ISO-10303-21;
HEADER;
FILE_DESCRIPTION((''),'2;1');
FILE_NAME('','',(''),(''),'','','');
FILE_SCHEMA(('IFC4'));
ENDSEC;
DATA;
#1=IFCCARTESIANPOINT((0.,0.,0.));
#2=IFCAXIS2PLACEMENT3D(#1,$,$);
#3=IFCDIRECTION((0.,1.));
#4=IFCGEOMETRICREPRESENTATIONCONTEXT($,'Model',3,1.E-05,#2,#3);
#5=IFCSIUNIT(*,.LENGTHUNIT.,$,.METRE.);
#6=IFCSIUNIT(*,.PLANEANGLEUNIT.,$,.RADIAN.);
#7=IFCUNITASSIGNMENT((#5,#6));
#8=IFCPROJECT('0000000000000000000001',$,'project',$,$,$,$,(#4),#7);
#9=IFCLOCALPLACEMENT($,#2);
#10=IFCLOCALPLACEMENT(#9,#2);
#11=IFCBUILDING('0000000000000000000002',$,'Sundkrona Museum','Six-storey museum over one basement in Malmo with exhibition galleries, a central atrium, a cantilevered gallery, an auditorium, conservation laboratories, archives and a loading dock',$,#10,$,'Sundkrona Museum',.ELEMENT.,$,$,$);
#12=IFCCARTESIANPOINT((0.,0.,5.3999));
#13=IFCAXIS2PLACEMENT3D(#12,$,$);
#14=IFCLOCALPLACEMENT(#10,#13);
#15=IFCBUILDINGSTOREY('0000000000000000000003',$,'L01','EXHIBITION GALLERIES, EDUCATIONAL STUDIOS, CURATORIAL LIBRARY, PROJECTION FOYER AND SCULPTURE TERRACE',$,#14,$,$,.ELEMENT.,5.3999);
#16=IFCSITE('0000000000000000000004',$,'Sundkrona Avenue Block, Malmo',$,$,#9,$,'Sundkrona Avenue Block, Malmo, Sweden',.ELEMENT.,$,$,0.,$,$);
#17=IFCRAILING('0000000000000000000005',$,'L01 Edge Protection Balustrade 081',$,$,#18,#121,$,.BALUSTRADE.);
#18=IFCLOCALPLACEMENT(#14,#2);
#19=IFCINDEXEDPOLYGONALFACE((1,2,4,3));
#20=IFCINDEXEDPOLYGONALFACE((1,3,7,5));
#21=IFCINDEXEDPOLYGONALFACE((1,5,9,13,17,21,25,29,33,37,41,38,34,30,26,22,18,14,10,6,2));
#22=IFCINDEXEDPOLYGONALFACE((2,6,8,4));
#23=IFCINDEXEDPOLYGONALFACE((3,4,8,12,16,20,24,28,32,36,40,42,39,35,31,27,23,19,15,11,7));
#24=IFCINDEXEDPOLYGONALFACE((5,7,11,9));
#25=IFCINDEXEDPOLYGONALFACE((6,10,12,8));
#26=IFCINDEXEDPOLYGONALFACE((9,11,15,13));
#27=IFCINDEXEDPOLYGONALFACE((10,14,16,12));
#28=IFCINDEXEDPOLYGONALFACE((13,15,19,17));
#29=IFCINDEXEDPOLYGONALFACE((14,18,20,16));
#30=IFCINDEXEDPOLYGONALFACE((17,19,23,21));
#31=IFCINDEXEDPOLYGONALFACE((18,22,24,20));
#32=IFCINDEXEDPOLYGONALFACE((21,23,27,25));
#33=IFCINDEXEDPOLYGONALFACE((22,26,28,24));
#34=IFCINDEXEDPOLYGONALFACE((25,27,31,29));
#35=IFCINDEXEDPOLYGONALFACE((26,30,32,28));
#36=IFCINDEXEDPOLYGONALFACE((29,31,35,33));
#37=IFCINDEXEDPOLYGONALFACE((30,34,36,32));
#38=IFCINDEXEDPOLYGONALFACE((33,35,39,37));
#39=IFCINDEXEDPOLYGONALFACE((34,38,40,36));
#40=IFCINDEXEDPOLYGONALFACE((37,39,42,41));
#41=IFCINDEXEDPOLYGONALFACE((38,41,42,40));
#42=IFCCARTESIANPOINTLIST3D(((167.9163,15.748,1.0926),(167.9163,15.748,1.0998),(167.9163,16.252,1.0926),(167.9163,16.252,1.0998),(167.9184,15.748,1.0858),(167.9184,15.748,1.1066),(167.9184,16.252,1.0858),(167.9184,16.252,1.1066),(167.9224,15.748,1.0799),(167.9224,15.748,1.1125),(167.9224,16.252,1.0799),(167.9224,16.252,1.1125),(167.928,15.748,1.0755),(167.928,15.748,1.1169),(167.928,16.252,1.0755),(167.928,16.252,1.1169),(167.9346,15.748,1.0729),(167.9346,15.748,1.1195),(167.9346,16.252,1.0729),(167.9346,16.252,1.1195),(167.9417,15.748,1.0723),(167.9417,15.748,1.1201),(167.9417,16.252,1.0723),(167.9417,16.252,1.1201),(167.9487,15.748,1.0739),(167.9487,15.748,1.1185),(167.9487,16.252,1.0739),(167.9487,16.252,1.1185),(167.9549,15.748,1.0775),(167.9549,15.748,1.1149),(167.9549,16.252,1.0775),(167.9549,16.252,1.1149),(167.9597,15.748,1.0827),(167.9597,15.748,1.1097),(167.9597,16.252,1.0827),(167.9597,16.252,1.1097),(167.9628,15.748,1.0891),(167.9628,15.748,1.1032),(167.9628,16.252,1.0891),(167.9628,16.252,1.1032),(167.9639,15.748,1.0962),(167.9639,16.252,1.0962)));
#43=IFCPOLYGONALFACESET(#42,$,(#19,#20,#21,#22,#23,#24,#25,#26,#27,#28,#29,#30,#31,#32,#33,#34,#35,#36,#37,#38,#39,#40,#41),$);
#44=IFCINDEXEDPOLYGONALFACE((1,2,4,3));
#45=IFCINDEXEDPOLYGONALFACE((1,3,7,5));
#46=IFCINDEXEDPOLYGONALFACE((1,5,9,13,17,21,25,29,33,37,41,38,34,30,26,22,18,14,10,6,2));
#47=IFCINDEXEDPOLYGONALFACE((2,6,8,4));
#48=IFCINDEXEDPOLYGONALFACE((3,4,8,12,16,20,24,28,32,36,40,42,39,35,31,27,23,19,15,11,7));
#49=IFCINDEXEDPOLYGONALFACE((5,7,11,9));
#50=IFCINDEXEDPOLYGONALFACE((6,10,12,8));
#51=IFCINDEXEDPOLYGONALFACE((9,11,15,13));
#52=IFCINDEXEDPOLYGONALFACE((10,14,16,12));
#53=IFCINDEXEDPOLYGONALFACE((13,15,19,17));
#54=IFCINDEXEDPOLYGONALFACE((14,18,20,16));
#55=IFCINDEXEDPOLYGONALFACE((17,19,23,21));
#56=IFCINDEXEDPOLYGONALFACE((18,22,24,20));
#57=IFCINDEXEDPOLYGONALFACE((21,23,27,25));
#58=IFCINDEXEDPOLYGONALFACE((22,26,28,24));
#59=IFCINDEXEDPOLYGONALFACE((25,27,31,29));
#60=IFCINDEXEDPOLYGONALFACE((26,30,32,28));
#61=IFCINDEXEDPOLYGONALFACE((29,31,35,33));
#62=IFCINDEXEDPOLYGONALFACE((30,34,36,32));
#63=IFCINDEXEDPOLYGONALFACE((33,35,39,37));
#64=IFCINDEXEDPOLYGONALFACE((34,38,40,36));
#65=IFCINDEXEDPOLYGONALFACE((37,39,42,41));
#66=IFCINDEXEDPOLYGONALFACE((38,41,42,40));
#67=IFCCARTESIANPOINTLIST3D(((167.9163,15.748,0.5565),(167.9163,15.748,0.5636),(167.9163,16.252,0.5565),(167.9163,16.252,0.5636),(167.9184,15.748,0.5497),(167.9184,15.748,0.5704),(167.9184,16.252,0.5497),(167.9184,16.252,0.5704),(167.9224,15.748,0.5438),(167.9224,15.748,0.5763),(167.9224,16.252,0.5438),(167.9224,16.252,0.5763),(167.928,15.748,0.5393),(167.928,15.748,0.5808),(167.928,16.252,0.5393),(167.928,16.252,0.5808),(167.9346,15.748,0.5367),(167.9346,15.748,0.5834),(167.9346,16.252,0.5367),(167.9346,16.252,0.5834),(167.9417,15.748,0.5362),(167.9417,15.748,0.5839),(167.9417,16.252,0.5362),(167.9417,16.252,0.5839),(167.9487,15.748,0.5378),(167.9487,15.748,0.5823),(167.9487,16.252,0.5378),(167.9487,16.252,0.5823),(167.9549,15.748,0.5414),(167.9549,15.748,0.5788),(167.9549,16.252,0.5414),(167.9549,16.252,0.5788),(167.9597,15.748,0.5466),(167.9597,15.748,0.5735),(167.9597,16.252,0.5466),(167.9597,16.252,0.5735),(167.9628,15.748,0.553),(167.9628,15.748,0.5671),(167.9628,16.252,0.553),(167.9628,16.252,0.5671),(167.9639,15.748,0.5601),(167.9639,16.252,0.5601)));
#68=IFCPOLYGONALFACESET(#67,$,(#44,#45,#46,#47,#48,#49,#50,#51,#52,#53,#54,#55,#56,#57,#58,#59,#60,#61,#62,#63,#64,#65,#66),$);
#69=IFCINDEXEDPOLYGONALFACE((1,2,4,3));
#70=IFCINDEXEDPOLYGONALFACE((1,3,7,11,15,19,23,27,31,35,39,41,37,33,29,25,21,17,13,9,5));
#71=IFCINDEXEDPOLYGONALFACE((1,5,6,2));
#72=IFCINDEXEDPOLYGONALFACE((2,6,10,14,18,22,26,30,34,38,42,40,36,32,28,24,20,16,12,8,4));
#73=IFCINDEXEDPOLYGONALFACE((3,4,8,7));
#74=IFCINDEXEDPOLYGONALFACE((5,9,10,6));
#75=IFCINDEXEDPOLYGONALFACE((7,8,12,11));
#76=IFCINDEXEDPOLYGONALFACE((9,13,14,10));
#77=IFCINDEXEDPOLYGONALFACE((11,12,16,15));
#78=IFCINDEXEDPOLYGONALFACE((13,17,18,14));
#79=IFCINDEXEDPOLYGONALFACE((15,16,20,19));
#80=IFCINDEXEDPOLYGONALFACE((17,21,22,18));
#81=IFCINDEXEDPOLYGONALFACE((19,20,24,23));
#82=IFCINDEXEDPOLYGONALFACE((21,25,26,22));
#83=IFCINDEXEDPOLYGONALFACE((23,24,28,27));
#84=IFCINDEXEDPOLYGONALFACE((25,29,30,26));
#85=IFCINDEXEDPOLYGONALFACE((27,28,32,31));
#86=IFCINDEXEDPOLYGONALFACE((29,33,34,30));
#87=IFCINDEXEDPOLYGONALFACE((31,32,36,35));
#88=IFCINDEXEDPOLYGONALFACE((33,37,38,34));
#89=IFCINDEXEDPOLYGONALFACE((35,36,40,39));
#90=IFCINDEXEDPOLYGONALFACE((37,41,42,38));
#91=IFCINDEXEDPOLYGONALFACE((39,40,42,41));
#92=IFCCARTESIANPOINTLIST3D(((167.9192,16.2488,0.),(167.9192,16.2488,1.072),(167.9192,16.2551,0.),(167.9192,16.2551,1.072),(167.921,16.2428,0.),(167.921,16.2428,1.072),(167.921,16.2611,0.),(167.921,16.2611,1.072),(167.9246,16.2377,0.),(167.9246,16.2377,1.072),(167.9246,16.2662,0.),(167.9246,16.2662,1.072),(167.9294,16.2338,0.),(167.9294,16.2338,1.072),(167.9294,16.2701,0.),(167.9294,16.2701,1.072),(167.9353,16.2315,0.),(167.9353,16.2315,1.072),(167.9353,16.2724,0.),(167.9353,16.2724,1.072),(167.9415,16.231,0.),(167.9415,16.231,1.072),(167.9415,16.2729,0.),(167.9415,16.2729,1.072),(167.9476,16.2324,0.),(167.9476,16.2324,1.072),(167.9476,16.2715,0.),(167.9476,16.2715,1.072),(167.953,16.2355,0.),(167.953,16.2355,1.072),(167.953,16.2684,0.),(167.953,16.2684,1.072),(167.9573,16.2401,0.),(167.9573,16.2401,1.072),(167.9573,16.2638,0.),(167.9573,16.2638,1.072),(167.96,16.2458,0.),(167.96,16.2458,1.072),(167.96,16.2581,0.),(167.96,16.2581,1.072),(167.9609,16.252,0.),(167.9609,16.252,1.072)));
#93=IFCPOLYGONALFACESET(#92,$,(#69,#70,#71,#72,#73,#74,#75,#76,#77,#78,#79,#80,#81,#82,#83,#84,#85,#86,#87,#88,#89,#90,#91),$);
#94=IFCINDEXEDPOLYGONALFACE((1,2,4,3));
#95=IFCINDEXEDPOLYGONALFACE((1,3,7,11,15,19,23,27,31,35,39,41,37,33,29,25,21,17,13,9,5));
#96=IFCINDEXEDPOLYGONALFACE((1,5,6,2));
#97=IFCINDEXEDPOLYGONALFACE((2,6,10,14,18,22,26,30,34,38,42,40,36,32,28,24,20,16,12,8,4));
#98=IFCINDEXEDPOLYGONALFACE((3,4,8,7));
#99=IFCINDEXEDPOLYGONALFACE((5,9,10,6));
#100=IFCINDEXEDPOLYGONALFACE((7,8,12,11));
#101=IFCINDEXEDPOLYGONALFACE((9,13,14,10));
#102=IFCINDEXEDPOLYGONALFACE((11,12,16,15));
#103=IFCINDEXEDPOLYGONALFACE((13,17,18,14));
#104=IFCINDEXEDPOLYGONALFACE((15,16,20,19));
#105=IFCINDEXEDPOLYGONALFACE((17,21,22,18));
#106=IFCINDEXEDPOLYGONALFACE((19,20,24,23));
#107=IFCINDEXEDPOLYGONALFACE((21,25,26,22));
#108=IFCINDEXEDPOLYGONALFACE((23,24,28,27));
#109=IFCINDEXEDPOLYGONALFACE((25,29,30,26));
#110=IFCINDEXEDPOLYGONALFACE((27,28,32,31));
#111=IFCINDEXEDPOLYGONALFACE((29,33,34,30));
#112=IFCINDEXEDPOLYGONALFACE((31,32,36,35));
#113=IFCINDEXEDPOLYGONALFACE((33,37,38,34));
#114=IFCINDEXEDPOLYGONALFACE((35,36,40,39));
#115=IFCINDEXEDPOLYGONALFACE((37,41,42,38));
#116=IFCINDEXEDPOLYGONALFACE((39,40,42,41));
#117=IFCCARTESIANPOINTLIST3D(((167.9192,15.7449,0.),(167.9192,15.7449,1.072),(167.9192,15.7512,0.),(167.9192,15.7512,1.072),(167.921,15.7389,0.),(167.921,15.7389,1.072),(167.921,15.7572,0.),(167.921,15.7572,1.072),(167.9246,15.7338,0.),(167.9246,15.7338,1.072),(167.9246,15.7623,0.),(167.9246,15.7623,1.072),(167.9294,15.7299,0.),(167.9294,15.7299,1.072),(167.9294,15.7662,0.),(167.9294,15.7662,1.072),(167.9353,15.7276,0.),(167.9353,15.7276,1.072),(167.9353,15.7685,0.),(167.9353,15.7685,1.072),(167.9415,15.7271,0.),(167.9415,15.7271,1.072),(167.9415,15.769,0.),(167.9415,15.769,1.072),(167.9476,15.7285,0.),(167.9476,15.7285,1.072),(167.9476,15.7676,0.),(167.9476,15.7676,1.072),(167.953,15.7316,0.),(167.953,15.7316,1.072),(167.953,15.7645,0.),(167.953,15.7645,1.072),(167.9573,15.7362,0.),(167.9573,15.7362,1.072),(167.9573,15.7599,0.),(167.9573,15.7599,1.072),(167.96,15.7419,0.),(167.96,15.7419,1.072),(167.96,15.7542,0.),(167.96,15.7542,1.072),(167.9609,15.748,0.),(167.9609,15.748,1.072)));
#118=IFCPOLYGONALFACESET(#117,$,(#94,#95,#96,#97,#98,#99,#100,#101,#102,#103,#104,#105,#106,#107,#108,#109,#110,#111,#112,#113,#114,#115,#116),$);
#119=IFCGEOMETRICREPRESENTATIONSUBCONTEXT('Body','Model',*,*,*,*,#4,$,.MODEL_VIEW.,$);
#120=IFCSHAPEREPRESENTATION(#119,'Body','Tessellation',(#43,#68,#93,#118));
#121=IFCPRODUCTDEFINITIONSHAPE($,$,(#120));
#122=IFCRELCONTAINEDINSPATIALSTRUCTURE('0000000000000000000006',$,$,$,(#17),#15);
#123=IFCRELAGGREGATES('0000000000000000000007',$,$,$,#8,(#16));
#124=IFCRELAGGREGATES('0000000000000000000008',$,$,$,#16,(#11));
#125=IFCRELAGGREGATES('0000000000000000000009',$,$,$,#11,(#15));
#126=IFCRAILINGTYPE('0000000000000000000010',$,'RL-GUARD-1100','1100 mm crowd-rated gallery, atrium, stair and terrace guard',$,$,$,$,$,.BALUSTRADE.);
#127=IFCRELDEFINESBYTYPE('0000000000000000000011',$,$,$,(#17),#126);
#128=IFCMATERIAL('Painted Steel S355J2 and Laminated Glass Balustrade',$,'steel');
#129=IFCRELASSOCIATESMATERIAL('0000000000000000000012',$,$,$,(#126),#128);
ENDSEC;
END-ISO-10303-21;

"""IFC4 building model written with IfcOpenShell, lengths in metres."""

from ifc_helpers import new_model, si_unit, direction, frame, origin, origin_2d, place, context, subcontext, project, spatial, circle, extrude, material, type_object, element, save


model = new_model("IFC4")

# Units and contexts
model_context = context("Model", 3, precision=1e-05, world=origin(), true_north=direction((0.0, 1.0)))
body_context = subcontext(model_context, "Body", "Model", "MODEL_VIEW")
ifc_project = project(units=[si_unit("LENGTHUNIT", "METRE"), si_unit("PLANEANGLEUNIT", "RADIAN")], contexts=[model_context])

# Site, building, storey
site_placement = place(None, origin())
site = spatial("IfcSite", under=ifc_project, at=site_placement, Name="Sundkrona Avenue Block, Malmo", LongName="Sundkrona Avenue Block, Malmo, Sweden", CompositionType="ELEMENT", RefElevation=0.0)
building_placement = place(site_placement, origin())
building = spatial("IfcBuilding", under=site, at=building_placement, Name="Sundkrona Museum", Description="Six-storey museum over one basement in Malmo with exhibition galleries, a central atrium, a cantilevered gallery, an auditorium, conservation laboratories, archives and a loading dock", LongName="Sundkrona Museum", CompositionType="ELEMENT")
storey_placement = place(building_placement, frame((0.0, 0.0, 5.3999)))
storey = spatial("IfcBuildingStorey", under=building, at=storey_placement, Name="L01", Description="EXHIBITION GALLERIES, EDUCATIONAL STUDIOS, CURATORIAL LIBRARY, PROJECTION FOYER AND SCULPTURE TERRACE", CompositionType="ELEMENT", Elevation=5.3999)

# Railing
ifc_material_1 = material(Name="Painted Steel S355J2 and Laminated Glass Balustrade", Category="steel")
railing_type = type_object("IfcRailingType", Name="RL-GUARD-1100", Description="1100 mm crowd-rated gallery, atrium, stair and terrace guard", PredefinedType="BALUSTRADE", material=ifc_material_1)
for number, where, name in (
    (1, (167.9399, 16.252, 0.0), "L01 Edge Protection Balustrade 081"),
):
    element("IfcRailing", number, at=place(storey_placement, frame(where)), inside=storey, type_object=railing_type, Name=name, PredefinedType="BALUSTRADE", context=body_context, shape_type="SweptSolid", body=[
        extrude(circle(Radius=0.0239, at=origin_2d()), frame((0.0, 0.0, 1.0962), z_axis=(0.0, -1.0, 0.0), x_axis=(1.0, 0.0, 0.0)), (0.0, 0.0, 1.0), 0.5039),
        extrude(circle(Radius=0.0239, at=origin_2d()), frame((0.0, 0.0, 0.5601), z_axis=(0.0, -1.0, 0.0), x_axis=(1.0, 0.0, 0.0)), (0.0, 0.0, 1.0), 0.5039),
        extrude(circle(Radius=0.021, at=origin_2d()), origin(), (0.0, 0.0, 1.0), 1.072),
        extrude(circle(Radius=0.021, at=origin_2d()), frame((0.0, -0.5039, 0.0)), (0.0, 0.0, 1.0), 1.072),
    ])

save(model, "model.ifc")
